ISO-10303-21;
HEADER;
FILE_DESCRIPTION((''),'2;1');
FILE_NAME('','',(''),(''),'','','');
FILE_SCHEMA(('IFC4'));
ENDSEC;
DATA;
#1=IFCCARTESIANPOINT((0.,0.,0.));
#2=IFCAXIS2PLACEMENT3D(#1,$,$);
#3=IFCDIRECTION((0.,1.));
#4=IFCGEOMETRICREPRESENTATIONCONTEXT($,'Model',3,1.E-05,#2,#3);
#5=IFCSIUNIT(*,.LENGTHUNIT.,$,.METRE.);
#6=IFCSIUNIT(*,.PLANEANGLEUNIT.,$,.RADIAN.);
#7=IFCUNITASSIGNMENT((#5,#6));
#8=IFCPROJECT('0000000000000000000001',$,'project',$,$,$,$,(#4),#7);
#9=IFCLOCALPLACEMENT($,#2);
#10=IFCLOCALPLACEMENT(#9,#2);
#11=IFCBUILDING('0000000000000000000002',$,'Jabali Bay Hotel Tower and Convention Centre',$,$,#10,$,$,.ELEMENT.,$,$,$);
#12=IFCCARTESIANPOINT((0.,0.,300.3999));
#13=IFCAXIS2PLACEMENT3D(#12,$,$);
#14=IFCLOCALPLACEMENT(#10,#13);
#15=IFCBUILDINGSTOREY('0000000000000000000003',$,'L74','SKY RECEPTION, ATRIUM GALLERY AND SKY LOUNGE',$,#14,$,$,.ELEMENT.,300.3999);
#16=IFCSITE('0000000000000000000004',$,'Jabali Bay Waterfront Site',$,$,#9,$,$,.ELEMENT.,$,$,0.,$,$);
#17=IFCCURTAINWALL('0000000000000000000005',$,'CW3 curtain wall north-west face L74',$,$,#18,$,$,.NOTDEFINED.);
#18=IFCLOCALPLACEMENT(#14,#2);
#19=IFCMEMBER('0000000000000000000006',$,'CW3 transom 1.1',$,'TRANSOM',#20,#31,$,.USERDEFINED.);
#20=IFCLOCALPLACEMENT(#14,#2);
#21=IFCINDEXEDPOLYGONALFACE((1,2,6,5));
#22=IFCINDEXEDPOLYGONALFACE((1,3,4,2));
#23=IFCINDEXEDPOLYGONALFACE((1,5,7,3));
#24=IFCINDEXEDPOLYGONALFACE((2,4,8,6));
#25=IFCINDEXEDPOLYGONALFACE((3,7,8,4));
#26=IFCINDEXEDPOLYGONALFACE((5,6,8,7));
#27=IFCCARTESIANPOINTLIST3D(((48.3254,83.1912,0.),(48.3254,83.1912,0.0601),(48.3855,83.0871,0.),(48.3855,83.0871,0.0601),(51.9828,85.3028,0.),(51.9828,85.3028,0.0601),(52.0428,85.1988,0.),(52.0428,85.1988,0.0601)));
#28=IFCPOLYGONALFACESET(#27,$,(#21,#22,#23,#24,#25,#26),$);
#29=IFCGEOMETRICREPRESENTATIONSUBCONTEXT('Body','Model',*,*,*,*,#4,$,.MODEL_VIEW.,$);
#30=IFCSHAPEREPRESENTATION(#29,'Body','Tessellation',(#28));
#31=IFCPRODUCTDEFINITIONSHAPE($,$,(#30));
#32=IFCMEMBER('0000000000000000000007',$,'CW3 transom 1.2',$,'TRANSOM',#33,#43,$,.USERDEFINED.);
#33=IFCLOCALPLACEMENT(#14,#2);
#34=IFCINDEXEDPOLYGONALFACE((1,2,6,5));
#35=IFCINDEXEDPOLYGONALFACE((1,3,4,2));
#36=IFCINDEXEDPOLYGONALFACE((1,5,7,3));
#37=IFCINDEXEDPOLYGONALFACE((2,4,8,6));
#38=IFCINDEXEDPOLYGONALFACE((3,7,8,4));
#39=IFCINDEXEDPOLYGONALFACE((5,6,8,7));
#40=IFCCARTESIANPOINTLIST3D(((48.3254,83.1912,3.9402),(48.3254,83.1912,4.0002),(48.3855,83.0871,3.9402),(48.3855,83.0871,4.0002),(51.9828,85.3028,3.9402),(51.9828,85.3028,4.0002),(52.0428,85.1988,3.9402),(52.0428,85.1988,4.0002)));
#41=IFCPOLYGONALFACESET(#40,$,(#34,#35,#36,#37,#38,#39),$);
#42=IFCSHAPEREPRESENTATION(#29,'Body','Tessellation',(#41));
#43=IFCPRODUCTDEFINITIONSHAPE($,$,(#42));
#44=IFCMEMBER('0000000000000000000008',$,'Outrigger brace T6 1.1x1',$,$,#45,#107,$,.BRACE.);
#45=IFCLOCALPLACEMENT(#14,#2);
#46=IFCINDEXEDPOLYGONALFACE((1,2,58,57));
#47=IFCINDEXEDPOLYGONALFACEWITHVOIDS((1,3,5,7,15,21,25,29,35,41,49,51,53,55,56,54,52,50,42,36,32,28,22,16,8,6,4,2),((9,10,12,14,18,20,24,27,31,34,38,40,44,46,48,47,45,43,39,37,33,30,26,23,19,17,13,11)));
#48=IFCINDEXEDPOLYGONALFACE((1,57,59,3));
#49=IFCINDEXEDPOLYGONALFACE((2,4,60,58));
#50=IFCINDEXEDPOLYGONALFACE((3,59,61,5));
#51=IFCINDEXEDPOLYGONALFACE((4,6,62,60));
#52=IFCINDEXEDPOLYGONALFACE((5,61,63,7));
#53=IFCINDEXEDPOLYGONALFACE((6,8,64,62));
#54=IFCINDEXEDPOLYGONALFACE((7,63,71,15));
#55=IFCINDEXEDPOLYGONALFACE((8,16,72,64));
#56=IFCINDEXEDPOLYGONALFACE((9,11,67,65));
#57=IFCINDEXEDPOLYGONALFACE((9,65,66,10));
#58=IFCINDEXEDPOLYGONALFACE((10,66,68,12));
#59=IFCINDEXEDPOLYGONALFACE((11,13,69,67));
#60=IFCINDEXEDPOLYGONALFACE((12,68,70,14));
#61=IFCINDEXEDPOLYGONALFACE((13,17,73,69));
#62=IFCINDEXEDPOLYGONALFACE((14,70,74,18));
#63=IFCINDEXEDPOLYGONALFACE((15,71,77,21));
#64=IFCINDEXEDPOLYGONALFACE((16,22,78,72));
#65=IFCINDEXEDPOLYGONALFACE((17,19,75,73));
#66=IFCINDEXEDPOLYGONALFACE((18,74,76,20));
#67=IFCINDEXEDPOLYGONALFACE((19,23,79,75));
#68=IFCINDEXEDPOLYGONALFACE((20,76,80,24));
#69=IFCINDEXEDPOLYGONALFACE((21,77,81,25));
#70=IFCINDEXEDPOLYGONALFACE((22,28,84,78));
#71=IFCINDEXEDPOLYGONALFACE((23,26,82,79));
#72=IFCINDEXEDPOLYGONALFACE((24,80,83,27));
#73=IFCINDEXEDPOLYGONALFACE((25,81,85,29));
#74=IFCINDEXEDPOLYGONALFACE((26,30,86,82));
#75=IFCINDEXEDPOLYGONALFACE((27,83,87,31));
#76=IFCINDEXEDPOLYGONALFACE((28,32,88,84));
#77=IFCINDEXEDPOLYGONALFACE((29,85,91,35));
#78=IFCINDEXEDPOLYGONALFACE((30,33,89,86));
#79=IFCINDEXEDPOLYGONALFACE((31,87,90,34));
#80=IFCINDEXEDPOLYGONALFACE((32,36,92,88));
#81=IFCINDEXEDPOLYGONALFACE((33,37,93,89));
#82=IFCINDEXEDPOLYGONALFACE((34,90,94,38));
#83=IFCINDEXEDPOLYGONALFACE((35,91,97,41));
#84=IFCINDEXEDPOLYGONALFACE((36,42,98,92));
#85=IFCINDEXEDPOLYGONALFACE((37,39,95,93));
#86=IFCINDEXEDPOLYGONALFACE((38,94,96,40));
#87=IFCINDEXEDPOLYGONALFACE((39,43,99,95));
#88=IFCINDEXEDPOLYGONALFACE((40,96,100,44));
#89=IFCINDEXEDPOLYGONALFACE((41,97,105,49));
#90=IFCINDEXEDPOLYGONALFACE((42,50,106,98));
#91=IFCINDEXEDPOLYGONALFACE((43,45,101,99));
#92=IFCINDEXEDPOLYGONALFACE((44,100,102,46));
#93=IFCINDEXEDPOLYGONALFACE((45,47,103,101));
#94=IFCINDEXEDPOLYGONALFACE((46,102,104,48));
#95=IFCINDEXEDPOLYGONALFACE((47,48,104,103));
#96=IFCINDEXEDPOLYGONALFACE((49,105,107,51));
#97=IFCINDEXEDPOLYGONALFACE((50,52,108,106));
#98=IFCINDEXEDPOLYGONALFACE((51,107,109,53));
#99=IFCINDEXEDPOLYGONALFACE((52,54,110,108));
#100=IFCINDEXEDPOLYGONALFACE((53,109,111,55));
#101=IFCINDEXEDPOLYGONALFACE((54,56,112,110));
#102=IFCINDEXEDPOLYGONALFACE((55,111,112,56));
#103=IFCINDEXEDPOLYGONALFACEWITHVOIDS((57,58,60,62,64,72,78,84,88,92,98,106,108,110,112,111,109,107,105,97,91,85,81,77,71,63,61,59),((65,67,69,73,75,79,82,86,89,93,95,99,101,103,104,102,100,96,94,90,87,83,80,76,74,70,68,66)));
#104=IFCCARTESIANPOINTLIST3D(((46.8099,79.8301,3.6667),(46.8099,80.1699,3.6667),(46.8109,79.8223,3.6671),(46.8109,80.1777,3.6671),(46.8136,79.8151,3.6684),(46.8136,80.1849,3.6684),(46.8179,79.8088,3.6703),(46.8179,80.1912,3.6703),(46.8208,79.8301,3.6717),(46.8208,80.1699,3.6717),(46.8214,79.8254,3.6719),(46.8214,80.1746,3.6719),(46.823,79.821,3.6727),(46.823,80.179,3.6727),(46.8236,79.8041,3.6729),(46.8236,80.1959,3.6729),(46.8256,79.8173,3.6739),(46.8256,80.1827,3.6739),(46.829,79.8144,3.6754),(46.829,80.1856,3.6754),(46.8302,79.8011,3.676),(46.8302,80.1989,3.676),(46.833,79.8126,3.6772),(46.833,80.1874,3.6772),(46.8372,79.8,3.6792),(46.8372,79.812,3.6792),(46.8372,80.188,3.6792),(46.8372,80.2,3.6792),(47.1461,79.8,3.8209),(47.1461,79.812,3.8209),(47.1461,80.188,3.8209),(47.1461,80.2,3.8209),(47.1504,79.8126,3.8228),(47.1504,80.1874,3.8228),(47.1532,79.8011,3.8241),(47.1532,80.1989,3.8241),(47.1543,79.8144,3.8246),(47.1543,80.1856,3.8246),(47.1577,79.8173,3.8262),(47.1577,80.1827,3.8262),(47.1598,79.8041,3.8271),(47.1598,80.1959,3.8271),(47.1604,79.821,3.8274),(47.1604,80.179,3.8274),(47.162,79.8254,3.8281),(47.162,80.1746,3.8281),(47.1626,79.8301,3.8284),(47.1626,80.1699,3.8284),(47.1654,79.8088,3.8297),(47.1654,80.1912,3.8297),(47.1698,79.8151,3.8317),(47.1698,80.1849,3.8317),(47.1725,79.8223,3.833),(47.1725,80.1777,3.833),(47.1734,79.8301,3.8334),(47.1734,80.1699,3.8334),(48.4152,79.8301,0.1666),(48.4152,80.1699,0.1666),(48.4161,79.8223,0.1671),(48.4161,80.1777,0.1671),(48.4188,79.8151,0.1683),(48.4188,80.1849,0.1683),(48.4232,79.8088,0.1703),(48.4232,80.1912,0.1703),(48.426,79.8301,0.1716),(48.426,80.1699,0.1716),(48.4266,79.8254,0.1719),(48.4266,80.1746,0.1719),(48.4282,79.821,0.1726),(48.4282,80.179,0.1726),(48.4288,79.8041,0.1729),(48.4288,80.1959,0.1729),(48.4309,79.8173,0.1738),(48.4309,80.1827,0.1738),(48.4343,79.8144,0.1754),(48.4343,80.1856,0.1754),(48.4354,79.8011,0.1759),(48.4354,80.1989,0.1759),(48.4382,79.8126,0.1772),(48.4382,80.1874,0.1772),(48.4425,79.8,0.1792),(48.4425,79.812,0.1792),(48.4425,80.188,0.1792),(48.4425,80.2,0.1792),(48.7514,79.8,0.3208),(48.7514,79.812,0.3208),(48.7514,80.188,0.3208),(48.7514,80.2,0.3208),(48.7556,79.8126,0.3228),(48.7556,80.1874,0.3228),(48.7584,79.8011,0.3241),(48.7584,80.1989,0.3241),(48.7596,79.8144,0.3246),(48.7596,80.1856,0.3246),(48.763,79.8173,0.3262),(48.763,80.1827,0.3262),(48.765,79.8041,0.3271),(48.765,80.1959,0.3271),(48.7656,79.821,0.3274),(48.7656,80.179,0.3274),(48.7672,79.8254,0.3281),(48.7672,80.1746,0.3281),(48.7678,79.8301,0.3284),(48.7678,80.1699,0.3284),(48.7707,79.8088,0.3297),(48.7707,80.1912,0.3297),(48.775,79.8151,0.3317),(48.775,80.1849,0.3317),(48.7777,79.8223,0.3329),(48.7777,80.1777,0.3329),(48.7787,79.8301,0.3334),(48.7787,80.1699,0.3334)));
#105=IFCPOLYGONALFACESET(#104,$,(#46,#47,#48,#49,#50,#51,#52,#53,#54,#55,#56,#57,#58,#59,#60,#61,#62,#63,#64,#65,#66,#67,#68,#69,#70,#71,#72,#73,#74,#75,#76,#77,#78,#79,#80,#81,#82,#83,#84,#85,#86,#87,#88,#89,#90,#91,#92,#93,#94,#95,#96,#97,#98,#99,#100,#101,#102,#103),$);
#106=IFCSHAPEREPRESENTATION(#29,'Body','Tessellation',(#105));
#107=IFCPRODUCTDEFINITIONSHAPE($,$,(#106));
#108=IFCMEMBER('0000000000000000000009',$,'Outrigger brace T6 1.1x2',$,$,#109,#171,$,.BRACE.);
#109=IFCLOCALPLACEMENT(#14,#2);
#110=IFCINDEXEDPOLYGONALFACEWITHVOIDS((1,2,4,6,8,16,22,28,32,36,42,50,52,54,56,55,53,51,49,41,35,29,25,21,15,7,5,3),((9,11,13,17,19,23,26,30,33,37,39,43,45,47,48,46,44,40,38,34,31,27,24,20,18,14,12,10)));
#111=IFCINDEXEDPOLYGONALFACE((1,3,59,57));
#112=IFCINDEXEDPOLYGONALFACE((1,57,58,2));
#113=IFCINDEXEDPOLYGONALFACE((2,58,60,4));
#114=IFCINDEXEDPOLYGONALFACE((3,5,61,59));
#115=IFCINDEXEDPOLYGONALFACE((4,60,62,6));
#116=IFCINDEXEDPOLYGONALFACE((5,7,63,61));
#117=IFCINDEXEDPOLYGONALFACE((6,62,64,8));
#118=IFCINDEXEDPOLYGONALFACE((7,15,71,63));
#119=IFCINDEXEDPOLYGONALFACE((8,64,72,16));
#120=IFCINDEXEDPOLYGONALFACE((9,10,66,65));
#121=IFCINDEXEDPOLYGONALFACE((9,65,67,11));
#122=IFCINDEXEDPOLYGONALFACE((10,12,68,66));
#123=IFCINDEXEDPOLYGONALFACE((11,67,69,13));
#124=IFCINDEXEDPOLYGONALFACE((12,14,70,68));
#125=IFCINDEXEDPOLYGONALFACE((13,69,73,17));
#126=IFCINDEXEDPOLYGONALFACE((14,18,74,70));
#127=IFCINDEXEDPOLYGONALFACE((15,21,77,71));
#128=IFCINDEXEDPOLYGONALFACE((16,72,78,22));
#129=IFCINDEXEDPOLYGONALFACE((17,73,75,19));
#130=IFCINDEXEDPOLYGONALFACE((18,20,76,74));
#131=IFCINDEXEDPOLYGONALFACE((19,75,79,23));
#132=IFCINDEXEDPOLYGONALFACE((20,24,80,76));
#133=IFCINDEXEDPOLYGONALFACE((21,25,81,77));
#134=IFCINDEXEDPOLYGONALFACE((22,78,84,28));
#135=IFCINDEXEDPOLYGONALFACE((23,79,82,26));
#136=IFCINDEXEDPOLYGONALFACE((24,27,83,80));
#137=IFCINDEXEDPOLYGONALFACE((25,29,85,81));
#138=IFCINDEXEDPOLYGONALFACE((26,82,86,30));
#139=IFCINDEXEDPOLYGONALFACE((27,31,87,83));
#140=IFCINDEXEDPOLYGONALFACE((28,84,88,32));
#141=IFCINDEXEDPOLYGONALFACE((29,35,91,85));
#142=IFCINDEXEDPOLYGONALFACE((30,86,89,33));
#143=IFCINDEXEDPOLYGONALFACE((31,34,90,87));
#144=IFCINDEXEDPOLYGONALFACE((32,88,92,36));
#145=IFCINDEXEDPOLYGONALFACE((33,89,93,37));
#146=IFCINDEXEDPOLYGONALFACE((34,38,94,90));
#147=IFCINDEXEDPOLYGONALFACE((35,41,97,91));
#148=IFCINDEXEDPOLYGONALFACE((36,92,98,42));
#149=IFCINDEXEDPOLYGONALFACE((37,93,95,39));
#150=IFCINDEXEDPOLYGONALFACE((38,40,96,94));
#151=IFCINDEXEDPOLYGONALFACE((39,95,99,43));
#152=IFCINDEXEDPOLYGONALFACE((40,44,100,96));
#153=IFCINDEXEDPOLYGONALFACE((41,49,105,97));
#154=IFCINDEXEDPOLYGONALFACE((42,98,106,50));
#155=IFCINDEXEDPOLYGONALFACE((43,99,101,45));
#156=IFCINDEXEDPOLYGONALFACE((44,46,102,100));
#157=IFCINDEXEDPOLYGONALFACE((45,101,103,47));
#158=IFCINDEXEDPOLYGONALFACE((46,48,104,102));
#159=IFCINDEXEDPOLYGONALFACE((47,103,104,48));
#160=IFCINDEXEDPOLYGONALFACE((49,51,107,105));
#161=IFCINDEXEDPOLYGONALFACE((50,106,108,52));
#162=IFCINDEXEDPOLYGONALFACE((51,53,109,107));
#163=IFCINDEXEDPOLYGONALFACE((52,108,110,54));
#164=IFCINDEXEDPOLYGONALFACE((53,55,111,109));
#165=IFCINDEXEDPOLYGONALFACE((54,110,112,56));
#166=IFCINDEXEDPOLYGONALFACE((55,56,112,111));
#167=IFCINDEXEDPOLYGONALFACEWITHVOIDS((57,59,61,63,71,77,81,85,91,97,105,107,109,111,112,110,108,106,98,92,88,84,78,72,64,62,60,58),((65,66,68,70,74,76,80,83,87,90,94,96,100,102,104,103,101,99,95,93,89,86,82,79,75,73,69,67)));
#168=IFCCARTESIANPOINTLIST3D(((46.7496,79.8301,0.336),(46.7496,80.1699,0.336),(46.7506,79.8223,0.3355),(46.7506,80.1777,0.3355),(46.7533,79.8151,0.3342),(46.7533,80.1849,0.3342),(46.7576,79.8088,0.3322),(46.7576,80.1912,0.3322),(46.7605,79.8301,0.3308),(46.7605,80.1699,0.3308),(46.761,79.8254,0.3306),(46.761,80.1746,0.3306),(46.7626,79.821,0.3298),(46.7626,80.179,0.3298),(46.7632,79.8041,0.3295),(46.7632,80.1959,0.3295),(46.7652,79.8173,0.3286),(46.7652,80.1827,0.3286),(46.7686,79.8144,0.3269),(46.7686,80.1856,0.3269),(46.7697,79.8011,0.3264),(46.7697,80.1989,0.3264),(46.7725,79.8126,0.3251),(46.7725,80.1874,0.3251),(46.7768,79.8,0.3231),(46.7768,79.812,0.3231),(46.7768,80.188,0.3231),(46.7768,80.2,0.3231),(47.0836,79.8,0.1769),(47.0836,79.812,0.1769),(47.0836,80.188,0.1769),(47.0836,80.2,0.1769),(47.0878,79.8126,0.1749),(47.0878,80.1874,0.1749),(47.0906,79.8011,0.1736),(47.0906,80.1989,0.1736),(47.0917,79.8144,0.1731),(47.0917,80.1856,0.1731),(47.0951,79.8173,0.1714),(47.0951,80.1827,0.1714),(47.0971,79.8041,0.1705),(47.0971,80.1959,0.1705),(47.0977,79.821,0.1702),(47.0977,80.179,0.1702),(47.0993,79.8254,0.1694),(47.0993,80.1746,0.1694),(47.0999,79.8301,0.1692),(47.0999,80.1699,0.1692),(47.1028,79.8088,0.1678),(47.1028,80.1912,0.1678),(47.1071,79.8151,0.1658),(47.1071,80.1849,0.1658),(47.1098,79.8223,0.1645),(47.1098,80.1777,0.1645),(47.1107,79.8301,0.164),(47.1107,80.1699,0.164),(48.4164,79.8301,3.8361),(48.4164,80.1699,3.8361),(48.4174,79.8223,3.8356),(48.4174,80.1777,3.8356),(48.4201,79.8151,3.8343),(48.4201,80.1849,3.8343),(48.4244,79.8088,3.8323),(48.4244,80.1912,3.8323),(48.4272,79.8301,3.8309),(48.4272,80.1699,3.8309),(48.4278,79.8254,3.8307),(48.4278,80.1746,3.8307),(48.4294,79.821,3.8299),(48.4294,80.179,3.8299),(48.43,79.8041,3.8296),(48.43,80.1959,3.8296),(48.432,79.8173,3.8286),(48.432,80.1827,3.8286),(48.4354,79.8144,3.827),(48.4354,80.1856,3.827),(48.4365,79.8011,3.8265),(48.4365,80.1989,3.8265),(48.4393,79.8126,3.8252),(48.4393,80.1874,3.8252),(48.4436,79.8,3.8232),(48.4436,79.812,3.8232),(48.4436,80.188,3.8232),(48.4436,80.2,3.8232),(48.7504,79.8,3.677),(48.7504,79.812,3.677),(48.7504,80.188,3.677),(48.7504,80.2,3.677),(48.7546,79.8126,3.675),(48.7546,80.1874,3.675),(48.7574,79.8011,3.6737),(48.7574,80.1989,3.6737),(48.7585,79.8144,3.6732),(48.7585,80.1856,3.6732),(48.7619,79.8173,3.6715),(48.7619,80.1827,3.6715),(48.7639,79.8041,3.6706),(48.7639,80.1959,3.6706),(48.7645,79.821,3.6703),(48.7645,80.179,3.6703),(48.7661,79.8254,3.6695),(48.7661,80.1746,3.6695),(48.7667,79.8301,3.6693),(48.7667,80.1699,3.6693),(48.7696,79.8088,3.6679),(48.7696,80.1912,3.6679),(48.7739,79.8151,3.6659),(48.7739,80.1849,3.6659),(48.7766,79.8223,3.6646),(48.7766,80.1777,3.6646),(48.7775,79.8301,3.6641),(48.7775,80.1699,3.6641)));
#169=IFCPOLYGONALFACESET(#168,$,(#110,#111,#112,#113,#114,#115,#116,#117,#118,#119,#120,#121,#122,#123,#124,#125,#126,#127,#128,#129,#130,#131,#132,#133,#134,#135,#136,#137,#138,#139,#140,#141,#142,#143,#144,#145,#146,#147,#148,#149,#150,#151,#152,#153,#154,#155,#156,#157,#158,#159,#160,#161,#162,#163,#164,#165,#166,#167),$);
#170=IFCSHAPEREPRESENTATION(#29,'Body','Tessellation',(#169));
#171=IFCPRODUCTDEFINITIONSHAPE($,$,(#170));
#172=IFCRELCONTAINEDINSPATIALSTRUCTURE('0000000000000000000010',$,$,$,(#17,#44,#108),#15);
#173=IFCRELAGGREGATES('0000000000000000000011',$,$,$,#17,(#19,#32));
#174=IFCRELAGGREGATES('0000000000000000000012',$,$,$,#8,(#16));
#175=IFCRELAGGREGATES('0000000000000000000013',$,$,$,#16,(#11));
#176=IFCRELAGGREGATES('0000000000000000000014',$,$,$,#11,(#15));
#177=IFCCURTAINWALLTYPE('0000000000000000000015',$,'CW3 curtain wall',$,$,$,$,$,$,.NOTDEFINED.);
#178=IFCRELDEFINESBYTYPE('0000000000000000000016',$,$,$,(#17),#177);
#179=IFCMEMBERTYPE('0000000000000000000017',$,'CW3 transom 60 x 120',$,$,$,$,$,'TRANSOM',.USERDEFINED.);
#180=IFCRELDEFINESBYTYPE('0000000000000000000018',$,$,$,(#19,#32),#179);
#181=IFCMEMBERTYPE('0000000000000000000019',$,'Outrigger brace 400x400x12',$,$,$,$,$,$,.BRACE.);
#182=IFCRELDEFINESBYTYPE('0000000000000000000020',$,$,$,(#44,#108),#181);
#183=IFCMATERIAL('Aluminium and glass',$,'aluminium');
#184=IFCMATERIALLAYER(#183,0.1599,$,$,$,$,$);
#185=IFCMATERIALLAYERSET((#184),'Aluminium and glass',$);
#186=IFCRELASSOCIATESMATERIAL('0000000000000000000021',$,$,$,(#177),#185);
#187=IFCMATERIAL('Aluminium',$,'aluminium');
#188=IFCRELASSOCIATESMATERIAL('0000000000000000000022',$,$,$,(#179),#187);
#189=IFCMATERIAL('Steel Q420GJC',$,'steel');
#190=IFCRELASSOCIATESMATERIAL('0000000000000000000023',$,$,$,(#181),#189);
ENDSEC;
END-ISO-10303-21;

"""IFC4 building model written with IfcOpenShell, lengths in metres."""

from ifc_helpers import new_model, si_unit, direction, frame, origin, origin_2d, place, context, subcontext, project, spatial, rectangle, hollow_rectangle, extrude, material, layer, layer_set, material_profile, profile_set, type_object, element, aggregate, save


model = new_model("IFC4")

# Units and contexts
model_context = context("Model", 3, precision=1e-05, world=origin(), true_north=direction((0.0, 1.0)))
body_context = subcontext(model_context, "Body", "Model", "MODEL_VIEW")
ifc_project = project(units=[si_unit("LENGTHUNIT", "METRE"), si_unit("PLANEANGLEUNIT", "RADIAN")], contexts=[model_context])

# Site, building, storey
site_placement = place(None, origin())
site = spatial("IfcSite", under=ifc_project, at=site_placement, Name="Jabali Bay Waterfront Site", CompositionType="ELEMENT", RefElevation=0.0)
building_placement = place(site_placement, origin())
building = spatial("IfcBuilding", under=site, at=building_placement, Name="Jabali Bay Hotel Tower and Convention Centre", CompositionType="ELEMENT")
storey_placement = place(building_placement, frame((0.0, 0.0, 300.3999)))
storey = spatial("IfcBuildingStorey", under=building, at=storey_placement, Name="L74", Description="SKY RECEPTION, ATRIUM GALLERY AND SKY LOUNGE", CompositionType="ELEMENT", Elevation=300.3999)

# Shared definitions
ifc_material_1 = material(Name="Steel Q420GJC", Category="steel")

# Curtain wall, members
ifc_material_2 = material(Name="Aluminium and glass", Category="aluminium")
ifc_layer_1 = layer(ifc_material_2, 0.1599)
ifc_layer_set_1 = layer_set([ifc_layer_1], Name="Aluminium and glass")
curtain_wall_type = type_object("IfcCurtainWallType", Name="CW3 curtain wall", PredefinedType="NOTDEFINED", material=ifc_layer_set_1)
curtain_wall_placement = place(storey_placement, origin())
curtain_wall = element("IfcCurtainWall", 1, at=curtain_wall_placement, inside=storey, type_object=curtain_wall_type, Name="CW3 curtain wall north-west face L74", PredefinedType="NOTDEFINED")
ifc_material_3 = material(Name="Aluminium", Category="aluminium")
ifc_material_profile_1 = material_profile(ifc_material_3, rectangle(XDim=0.1201, YDim=0.0601, at=origin_2d()), Name="CW3 transom 60 x 120")
ifc_profile_set_1 = profile_set([ifc_material_profile_1], Name="Aluminium")
member_type_1 = type_object("IfcMemberType", Name="CW3 transom 60 x 120", ElementType="TRANSOM", PredefinedType="USERDEFINED", material=ifc_profile_set_1)
member_1_placement = place(storey_placement, frame((48.3555, 83.1392, 0.03), z_axis=(0.866018, 0.500013, 0.0), x_axis=(-0.500013, 0.866018, 0.0)))
member_1 = element("IfcMember", 2, at=member_1_placement, type_object=member_type_1, Name="CW3 transom 1.1", ObjectType="TRANSOM", PredefinedType="USERDEFINED", context=body_context, shape_type="SweptSolid", body=[
    extrude(rectangle(XDim=0.1201, YDim=0.0601, at=origin_2d()), origin(), (0.0, 0.0, 1.0), 4.2231),
])
member_2_placement = place(storey_placement, frame((48.3555, 83.1392, 3.9702), z_axis=(0.866018, 0.500013, 0.0), x_axis=(-0.500013, 0.866018, 0.0)))
member_2 = element("IfcMember", 3, at=member_2_placement, type_object=member_type_1, Name="CW3 transom 1.2", ObjectType="TRANSOM", PredefinedType="USERDEFINED", context=body_context, shape_type="SweptSolid", body=[
    extrude(rectangle(XDim=0.1201, YDim=0.0601, at=origin_2d()), origin(), (0.0, 0.0, 1.0), 4.2231),
])
aggregate(curtain_wall, [member_1, member_2])

# Members
ifc_material_profile_2 = material_profile(ifc_material_1, hollow_rectangle(XDim=0.3999, YDim=0.3999, WallThickness=0.012, InnerFilletRadius=0.0181, OuterFilletRadius=0.03, at=origin_2d()), Name="Outrigger brace 400x400x12")
ifc_profile_set_2 = profile_set([ifc_material_profile_2], Name="Steel Q420GJC")
member_type_2 = type_object("IfcMemberType", Name="Outrigger brace 400x400x12", PredefinedType="BRACE", material=ifc_profile_set_2)
member_3_placement = place(storey_placement, frame((48.5969, 80.0, 0.25), z_axis=(-0.416882, 0.0, 0.908961), x_axis=(0.0, -1.0, 0.0)))
element("IfcMember", 4, at=member_3_placement, inside=storey, type_object=member_type_2, Name="Outrigger brace T6 1.1x1", PredefinedType="BRACE", context=body_context, shape_type="SweptSolid", body=[
    extrude(hollow_rectangle(XDim=0.3999, YDim=0.3999, WallThickness=0.012, InnerFilletRadius=0.0181, OuterFilletRadius=0.03, at=origin_2d()), origin(), (0.0, 0.0, 1.0), 3.8506),
])
member_4_placement = place(storey_placement, frame((46.9302, 80.0, 0.25), z_axis=(0.429951, 0.0, 0.902852), x_axis=(0.0, 1.0, 0.0)))
element("IfcMember", 5, at=member_4_placement, inside=storey, type_object=member_type_2, Name="Outrigger brace T6 1.1x2", PredefinedType="BRACE", context=body_context, shape_type="SweptSolid", body=[
    extrude(hollow_rectangle(XDim=0.3999, YDim=0.3999, WallThickness=0.012, InnerFilletRadius=0.0181, OuterFilletRadius=0.03, at=origin_2d()), origin(), (0.0, 0.0, 1.0), 3.8767),
])

save(model, "model.ifc")
